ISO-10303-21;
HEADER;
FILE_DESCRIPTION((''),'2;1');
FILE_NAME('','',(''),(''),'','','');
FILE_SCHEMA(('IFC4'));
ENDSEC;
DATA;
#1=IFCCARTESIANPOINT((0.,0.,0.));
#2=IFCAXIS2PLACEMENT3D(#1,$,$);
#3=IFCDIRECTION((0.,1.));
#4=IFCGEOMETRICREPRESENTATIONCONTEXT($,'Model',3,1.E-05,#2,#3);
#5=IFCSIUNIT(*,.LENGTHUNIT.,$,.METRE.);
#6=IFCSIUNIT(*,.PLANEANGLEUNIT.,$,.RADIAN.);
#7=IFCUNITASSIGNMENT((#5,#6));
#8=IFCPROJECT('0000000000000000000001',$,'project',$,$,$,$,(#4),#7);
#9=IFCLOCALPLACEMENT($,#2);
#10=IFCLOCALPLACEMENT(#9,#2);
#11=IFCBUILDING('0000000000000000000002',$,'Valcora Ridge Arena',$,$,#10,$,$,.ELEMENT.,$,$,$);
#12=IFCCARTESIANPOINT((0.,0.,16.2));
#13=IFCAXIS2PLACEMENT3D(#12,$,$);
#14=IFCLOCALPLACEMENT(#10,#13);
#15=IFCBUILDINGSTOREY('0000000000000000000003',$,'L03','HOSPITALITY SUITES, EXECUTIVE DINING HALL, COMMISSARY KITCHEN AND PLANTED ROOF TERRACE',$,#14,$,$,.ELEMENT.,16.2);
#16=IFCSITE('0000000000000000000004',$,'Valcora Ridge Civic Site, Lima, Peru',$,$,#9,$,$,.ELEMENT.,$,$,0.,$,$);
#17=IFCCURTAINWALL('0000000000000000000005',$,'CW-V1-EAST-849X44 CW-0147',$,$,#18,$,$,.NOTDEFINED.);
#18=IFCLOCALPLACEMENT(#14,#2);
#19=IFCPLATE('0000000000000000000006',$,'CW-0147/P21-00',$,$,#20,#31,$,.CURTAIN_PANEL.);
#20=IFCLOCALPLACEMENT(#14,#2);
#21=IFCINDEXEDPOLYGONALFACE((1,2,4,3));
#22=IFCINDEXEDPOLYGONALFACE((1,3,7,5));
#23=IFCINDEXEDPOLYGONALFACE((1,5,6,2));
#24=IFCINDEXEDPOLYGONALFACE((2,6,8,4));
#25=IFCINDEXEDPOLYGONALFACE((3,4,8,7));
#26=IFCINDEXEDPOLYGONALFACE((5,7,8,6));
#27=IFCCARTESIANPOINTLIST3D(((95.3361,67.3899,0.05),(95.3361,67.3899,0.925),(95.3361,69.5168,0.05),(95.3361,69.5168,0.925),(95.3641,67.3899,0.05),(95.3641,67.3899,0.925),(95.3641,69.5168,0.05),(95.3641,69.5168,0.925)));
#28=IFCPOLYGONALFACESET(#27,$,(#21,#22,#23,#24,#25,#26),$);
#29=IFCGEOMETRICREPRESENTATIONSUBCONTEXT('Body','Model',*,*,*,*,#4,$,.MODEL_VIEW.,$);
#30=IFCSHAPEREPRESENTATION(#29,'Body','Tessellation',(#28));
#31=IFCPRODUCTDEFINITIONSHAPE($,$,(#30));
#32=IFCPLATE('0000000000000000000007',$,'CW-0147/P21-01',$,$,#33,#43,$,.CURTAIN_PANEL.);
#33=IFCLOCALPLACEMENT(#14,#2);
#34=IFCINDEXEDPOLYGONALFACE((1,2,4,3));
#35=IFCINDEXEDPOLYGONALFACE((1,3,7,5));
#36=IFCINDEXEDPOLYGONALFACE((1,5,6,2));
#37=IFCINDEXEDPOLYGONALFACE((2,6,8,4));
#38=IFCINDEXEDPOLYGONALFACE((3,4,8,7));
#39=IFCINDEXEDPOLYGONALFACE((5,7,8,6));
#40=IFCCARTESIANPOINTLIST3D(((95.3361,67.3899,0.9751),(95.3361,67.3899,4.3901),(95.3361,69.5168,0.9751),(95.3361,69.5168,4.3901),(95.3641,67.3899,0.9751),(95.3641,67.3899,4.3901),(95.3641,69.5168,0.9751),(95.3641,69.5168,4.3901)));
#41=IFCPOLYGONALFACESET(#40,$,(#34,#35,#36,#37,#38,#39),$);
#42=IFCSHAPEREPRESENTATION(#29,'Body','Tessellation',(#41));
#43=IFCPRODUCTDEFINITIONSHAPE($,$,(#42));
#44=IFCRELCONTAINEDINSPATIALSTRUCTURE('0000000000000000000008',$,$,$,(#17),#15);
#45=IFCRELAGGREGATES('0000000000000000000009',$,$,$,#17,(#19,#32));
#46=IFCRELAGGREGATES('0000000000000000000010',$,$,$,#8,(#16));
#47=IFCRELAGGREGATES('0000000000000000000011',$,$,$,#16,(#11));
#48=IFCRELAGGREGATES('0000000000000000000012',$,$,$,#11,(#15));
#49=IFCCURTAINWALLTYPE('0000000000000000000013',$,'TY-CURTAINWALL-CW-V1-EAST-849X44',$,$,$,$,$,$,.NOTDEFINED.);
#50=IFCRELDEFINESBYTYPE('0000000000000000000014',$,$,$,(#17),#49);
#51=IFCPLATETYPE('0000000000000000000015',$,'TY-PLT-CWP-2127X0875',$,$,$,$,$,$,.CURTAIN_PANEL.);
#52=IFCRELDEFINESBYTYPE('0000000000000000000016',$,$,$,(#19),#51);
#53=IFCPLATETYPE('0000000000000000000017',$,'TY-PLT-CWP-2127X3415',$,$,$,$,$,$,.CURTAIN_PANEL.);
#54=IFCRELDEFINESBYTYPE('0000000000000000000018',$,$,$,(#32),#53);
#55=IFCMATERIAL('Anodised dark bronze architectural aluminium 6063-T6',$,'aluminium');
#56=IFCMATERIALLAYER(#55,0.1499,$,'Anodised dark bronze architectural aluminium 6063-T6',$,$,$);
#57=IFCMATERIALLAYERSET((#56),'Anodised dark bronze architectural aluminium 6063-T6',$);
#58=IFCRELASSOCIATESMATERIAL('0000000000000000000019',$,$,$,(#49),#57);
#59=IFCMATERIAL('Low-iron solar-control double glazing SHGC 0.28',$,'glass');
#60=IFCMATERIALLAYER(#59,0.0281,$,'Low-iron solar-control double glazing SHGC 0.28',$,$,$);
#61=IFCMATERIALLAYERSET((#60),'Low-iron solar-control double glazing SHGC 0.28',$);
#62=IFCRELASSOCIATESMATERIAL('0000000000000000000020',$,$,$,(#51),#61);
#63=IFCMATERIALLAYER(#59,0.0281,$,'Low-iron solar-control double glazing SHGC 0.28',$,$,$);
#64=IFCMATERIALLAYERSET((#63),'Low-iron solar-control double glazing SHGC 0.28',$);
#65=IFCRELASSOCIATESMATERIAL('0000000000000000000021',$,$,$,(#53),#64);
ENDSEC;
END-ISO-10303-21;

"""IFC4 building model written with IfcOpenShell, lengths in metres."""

from ifc_helpers import new_model, si_unit, direction, frame, origin, origin_2d, place, context, subcontext, project, spatial, rectangle, extrude, material, layer, layer_set, type_object, element, aggregate, save


model = new_model("IFC4")

# Units and contexts
model_context = context("Model", 3, precision=1e-05, world=origin(), true_north=direction((0.0, 1.0)))
body_context = subcontext(model_context, "Body", "Model", "MODEL_VIEW")
ifc_project = project(units=[si_unit("LENGTHUNIT", "METRE"), si_unit("PLANEANGLEUNIT", "RADIAN")], contexts=[model_context])

# Site, building, storey
site_placement = place(None, origin())
site = spatial("IfcSite", under=ifc_project, at=site_placement, Name="Valcora Ridge Civic Site, Lima, Peru", CompositionType="ELEMENT", RefElevation=0.0)
building_placement = place(site_placement, origin())
building = spatial("IfcBuilding", under=site, at=building_placement, Name="Valcora Ridge Arena", CompositionType="ELEMENT")
storey_placement = place(building_placement, frame((0.0, 0.0, 16.2)))
storey = spatial("IfcBuildingStorey", under=building, at=storey_placement, Name="L03", Description="HOSPITALITY SUITES, EXECUTIVE DINING HALL, COMMISSARY KITCHEN AND PLANTED ROOF TERRACE", CompositionType="ELEMENT", Elevation=16.2)

# Shared definitions
ifc_material_1 = material(Name="Anodised dark bronze architectural aluminium 6063-T6", Category="aluminium")

# Curtain wall
ifc_layer_1 = layer(ifc_material_1, 0.1499, Name="Anodised dark bronze architectural aluminium 6063-T6")
ifc_layer_set_1 = layer_set([ifc_layer_1], Name="Anodised dark bronze architectural aluminium 6063-T6")
curtain_wall_type_1 = type_object("IfcCurtainWallType", Name="TY-CURTAINWALL-CW-V1-EAST-849X44", PredefinedType="NOTDEFINED", material=ifc_layer_set_1)
curtain_wall_1_placement = place(storey_placement, origin())
curtain_wall_1 = element("IfcCurtainWall", 1, at=curtain_wall_1_placement, inside=storey, type_object=curtain_wall_type_1, Name="CW-V1-EAST-849X44 CW-0147", PredefinedType="NOTDEFINED")

# Plates
ifc_material_2 = material(Name="Low-iron solar-control double glazing SHGC 0.28", Category="glass")
ifc_layer_2 = layer(ifc_material_2, 0.0281, Name="Low-iron solar-control double glazing SHGC 0.28")
ifc_layer_set_2 = layer_set([ifc_layer_2], Name="Low-iron solar-control double glazing SHGC 0.28")
plate_type_1 = type_object("IfcPlateType", Name="TY-PLT-CWP-2127X0875", PredefinedType="CURTAIN_PANEL", material=ifc_layer_set_2)
plate_1_placement = place(storey_placement, frame((95.3501, 68.4534, 0.05), z_axis=(0.0, 0.0, 1.0), x_axis=(0.0, 1.0, 0.0)))
plate_1 = element("IfcPlate", 2, at=plate_1_placement, type_object=plate_type_1, Name="CW-0147/P21-00", PredefinedType="CURTAIN_PANEL", context=body_context, shape_type="SweptSolid", body=[
    extrude(rectangle(XDim=2.127, YDim=0.0281, at=origin_2d()), origin(), (0.0, 0.0, 1.0), 0.875),
])
ifc_layer_3 = layer(ifc_material_2, 0.0281, Name="Low-iron solar-control double glazing SHGC 0.28")
ifc_layer_set_3 = layer_set([ifc_layer_3], Name="Low-iron solar-control double glazing SHGC 0.28")
plate_type_2 = type_object("IfcPlateType", Name="TY-PLT-CWP-2127X3415", PredefinedType="CURTAIN_PANEL", material=ifc_layer_set_3)
plate_2_placement = place(storey_placement, frame((95.3501, 68.4534, 0.9751), z_axis=(0.0, 0.0, 1.0), x_axis=(0.0, 1.0, 0.0)))
plate_2 = element("IfcPlate", 3, at=plate_2_placement, type_object=plate_type_2, Name="CW-0147/P21-01", PredefinedType="CURTAIN_PANEL", context=body_context, shape_type="SweptSolid", body=[
    extrude(rectangle(XDim=2.127, YDim=0.0281, at=origin_2d()), origin(), (0.0, 0.0, 1.0), 3.415),
])
aggregate(curtain_wall_1, [plate_1, plate_2])

save(model, "model.ifc")
